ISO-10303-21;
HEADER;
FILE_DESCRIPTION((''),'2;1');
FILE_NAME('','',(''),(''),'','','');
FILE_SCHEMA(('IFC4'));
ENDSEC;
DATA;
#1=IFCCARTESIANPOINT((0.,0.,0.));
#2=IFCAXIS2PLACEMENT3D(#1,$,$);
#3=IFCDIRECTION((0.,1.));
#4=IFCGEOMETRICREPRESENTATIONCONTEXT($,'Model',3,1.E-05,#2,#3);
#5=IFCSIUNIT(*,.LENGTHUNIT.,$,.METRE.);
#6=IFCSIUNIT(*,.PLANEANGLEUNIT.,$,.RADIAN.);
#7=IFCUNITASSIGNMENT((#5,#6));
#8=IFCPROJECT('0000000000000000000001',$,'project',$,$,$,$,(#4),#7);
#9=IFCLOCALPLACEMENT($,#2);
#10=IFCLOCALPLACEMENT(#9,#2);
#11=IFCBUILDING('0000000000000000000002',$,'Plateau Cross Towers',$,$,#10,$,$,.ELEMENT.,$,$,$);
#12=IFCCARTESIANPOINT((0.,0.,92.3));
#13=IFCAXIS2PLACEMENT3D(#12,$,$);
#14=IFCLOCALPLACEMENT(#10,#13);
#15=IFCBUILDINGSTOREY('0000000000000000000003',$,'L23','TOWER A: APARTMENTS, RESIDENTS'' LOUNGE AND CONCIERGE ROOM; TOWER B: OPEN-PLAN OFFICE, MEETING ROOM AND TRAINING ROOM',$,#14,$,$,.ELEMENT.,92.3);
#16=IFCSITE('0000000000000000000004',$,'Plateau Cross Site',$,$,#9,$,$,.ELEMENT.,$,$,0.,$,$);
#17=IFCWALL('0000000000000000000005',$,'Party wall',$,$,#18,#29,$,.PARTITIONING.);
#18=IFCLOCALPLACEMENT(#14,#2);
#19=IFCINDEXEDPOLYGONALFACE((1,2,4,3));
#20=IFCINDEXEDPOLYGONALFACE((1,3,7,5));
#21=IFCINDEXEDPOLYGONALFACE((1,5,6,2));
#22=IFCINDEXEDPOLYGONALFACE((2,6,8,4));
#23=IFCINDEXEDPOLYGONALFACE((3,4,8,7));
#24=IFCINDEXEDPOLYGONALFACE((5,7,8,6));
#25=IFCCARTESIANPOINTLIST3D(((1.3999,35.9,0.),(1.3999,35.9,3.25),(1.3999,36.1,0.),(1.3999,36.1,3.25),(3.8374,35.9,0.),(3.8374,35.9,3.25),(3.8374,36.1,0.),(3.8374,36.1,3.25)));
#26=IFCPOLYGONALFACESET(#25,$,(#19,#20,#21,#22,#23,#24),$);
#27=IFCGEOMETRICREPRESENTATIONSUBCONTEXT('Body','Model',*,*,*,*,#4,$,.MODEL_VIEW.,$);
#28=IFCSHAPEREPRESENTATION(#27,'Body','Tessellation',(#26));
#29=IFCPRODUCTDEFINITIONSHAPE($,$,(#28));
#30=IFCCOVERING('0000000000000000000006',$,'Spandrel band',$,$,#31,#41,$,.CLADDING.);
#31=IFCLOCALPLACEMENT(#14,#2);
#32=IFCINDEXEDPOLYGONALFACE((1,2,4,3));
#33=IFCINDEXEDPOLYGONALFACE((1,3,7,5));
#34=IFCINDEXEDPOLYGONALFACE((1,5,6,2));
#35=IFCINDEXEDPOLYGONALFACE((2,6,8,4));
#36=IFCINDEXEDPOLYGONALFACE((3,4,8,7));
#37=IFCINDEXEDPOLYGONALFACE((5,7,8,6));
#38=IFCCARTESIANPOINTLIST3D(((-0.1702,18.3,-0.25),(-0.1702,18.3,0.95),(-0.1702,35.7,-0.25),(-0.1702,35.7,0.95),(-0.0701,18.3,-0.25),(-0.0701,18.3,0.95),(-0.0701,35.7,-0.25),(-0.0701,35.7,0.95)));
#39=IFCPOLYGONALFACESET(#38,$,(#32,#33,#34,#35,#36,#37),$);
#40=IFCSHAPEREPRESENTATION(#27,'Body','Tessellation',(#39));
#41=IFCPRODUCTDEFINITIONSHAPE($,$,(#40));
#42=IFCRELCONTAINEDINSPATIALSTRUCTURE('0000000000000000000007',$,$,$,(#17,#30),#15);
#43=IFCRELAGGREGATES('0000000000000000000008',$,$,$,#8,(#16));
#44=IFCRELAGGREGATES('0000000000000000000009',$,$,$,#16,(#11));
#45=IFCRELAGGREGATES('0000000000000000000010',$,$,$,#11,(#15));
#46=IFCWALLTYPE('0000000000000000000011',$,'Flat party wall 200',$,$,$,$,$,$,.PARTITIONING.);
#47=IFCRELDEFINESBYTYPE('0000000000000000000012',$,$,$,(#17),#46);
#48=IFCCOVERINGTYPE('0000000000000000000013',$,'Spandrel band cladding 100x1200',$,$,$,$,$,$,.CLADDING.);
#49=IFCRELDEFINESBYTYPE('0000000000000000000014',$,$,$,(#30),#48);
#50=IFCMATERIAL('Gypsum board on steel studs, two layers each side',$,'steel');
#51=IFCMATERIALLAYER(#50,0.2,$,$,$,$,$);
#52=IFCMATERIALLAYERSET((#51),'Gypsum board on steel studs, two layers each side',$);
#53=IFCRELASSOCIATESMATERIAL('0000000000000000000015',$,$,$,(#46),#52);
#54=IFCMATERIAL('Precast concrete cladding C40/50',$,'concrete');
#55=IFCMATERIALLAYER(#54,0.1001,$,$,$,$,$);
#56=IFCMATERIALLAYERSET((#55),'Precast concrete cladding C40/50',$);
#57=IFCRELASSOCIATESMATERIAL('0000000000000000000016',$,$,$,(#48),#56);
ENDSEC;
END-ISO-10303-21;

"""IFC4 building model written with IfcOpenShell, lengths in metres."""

from ifc_helpers import new_model, si_unit, direction, frame, frame_2d, origin, origin_2d, place, context, subcontext, project, spatial, rectangle, extrude, material, layer, layer_set, type_object, element, save


model = new_model("IFC4")

# Units and contexts
model_context = context("Model", 3, precision=1e-05, world=origin(), true_north=direction((0.0, 1.0)))
body_context = subcontext(model_context, "Body", "Model", "MODEL_VIEW")
ifc_project = project(units=[si_unit("LENGTHUNIT", "METRE"), si_unit("PLANEANGLEUNIT", "RADIAN")], contexts=[model_context])

# Site, building, storey
site_placement = place(None, origin())
site = spatial("IfcSite", under=ifc_project, at=site_placement, Name="Plateau Cross Site", CompositionType="ELEMENT", RefElevation=0.0)
building_placement = place(site_placement, origin())
building = spatial("IfcBuilding", under=site, at=building_placement, Name="Plateau Cross Towers", CompositionType="ELEMENT")
storey_placement = place(building_placement, frame((0.0, 0.0, 92.3)))
storey = spatial("IfcBuildingStorey", under=building, at=storey_placement, Name="L23", Description="TOWER A: APARTMENTS, RESIDENTS' LOUNGE AND CONCIERGE ROOM; TOWER B: OPEN-PLAN OFFICE, MEETING ROOM AND TRAINING ROOM", CompositionType="ELEMENT", Elevation=92.3)

# Wall
ifc_material_1 = material(Name="Gypsum board on steel studs, two layers each side", Category="steel")
ifc_layer_1 = layer(ifc_material_1, 0.2)
ifc_layer_set_1 = layer_set([ifc_layer_1], Name="Gypsum board on steel studs, two layers each side")
wall_type_1 = type_object("IfcWallType", Name="Flat party wall 200", PredefinedType="PARTITIONING", material=ifc_layer_set_1)
wall_1_placement = place(storey_placement, frame((1.3999, 36.0, 0.0), z_axis=(0.0, 0.0, 1.0), x_axis=(1.0, 0.0, 0.0)))
element("IfcWall", 1, at=wall_1_placement, inside=storey, type_object=wall_type_1, Name="Party wall", PredefinedType="PARTITIONING", context=body_context, shape_type="SweptSolid", body=[
    extrude(rectangle(XDim=2.4375, YDim=0.2, at=frame_2d((1.2188, 0.0))), origin(), (0.0, 0.0, 1.0), 3.25),
])

# Covering
ifc_material_2 = material(Name="Precast concrete cladding C40/50", Category="concrete")
ifc_layer_2 = layer(ifc_material_2, 0.1001)
ifc_layer_set_2 = layer_set([ifc_layer_2], Name="Precast concrete cladding C40/50")
covering_type = type_object("IfcCoveringType", Name="Spandrel band cladding 100x1200", PredefinedType="CLADDING", material=ifc_layer_set_2)
covering_placement = place(storey_placement, frame((-0.1201, 27.0, -0.25), z_axis=(0.0, 0.0, 1.0), x_axis=(0.0, -1.0, 0.0)))
element("IfcCovering", 2, at=covering_placement, inside=storey, type_object=covering_type, Name="Spandrel band", PredefinedType="CLADDING", context=body_context, shape_type="SweptSolid", body=[
    extrude(rectangle(XDim=17.3999, YDim=0.1001, at=origin_2d()), origin(), (0.0, 0.0, 1.0), 1.2),
])

save(model, "model.ifc")
